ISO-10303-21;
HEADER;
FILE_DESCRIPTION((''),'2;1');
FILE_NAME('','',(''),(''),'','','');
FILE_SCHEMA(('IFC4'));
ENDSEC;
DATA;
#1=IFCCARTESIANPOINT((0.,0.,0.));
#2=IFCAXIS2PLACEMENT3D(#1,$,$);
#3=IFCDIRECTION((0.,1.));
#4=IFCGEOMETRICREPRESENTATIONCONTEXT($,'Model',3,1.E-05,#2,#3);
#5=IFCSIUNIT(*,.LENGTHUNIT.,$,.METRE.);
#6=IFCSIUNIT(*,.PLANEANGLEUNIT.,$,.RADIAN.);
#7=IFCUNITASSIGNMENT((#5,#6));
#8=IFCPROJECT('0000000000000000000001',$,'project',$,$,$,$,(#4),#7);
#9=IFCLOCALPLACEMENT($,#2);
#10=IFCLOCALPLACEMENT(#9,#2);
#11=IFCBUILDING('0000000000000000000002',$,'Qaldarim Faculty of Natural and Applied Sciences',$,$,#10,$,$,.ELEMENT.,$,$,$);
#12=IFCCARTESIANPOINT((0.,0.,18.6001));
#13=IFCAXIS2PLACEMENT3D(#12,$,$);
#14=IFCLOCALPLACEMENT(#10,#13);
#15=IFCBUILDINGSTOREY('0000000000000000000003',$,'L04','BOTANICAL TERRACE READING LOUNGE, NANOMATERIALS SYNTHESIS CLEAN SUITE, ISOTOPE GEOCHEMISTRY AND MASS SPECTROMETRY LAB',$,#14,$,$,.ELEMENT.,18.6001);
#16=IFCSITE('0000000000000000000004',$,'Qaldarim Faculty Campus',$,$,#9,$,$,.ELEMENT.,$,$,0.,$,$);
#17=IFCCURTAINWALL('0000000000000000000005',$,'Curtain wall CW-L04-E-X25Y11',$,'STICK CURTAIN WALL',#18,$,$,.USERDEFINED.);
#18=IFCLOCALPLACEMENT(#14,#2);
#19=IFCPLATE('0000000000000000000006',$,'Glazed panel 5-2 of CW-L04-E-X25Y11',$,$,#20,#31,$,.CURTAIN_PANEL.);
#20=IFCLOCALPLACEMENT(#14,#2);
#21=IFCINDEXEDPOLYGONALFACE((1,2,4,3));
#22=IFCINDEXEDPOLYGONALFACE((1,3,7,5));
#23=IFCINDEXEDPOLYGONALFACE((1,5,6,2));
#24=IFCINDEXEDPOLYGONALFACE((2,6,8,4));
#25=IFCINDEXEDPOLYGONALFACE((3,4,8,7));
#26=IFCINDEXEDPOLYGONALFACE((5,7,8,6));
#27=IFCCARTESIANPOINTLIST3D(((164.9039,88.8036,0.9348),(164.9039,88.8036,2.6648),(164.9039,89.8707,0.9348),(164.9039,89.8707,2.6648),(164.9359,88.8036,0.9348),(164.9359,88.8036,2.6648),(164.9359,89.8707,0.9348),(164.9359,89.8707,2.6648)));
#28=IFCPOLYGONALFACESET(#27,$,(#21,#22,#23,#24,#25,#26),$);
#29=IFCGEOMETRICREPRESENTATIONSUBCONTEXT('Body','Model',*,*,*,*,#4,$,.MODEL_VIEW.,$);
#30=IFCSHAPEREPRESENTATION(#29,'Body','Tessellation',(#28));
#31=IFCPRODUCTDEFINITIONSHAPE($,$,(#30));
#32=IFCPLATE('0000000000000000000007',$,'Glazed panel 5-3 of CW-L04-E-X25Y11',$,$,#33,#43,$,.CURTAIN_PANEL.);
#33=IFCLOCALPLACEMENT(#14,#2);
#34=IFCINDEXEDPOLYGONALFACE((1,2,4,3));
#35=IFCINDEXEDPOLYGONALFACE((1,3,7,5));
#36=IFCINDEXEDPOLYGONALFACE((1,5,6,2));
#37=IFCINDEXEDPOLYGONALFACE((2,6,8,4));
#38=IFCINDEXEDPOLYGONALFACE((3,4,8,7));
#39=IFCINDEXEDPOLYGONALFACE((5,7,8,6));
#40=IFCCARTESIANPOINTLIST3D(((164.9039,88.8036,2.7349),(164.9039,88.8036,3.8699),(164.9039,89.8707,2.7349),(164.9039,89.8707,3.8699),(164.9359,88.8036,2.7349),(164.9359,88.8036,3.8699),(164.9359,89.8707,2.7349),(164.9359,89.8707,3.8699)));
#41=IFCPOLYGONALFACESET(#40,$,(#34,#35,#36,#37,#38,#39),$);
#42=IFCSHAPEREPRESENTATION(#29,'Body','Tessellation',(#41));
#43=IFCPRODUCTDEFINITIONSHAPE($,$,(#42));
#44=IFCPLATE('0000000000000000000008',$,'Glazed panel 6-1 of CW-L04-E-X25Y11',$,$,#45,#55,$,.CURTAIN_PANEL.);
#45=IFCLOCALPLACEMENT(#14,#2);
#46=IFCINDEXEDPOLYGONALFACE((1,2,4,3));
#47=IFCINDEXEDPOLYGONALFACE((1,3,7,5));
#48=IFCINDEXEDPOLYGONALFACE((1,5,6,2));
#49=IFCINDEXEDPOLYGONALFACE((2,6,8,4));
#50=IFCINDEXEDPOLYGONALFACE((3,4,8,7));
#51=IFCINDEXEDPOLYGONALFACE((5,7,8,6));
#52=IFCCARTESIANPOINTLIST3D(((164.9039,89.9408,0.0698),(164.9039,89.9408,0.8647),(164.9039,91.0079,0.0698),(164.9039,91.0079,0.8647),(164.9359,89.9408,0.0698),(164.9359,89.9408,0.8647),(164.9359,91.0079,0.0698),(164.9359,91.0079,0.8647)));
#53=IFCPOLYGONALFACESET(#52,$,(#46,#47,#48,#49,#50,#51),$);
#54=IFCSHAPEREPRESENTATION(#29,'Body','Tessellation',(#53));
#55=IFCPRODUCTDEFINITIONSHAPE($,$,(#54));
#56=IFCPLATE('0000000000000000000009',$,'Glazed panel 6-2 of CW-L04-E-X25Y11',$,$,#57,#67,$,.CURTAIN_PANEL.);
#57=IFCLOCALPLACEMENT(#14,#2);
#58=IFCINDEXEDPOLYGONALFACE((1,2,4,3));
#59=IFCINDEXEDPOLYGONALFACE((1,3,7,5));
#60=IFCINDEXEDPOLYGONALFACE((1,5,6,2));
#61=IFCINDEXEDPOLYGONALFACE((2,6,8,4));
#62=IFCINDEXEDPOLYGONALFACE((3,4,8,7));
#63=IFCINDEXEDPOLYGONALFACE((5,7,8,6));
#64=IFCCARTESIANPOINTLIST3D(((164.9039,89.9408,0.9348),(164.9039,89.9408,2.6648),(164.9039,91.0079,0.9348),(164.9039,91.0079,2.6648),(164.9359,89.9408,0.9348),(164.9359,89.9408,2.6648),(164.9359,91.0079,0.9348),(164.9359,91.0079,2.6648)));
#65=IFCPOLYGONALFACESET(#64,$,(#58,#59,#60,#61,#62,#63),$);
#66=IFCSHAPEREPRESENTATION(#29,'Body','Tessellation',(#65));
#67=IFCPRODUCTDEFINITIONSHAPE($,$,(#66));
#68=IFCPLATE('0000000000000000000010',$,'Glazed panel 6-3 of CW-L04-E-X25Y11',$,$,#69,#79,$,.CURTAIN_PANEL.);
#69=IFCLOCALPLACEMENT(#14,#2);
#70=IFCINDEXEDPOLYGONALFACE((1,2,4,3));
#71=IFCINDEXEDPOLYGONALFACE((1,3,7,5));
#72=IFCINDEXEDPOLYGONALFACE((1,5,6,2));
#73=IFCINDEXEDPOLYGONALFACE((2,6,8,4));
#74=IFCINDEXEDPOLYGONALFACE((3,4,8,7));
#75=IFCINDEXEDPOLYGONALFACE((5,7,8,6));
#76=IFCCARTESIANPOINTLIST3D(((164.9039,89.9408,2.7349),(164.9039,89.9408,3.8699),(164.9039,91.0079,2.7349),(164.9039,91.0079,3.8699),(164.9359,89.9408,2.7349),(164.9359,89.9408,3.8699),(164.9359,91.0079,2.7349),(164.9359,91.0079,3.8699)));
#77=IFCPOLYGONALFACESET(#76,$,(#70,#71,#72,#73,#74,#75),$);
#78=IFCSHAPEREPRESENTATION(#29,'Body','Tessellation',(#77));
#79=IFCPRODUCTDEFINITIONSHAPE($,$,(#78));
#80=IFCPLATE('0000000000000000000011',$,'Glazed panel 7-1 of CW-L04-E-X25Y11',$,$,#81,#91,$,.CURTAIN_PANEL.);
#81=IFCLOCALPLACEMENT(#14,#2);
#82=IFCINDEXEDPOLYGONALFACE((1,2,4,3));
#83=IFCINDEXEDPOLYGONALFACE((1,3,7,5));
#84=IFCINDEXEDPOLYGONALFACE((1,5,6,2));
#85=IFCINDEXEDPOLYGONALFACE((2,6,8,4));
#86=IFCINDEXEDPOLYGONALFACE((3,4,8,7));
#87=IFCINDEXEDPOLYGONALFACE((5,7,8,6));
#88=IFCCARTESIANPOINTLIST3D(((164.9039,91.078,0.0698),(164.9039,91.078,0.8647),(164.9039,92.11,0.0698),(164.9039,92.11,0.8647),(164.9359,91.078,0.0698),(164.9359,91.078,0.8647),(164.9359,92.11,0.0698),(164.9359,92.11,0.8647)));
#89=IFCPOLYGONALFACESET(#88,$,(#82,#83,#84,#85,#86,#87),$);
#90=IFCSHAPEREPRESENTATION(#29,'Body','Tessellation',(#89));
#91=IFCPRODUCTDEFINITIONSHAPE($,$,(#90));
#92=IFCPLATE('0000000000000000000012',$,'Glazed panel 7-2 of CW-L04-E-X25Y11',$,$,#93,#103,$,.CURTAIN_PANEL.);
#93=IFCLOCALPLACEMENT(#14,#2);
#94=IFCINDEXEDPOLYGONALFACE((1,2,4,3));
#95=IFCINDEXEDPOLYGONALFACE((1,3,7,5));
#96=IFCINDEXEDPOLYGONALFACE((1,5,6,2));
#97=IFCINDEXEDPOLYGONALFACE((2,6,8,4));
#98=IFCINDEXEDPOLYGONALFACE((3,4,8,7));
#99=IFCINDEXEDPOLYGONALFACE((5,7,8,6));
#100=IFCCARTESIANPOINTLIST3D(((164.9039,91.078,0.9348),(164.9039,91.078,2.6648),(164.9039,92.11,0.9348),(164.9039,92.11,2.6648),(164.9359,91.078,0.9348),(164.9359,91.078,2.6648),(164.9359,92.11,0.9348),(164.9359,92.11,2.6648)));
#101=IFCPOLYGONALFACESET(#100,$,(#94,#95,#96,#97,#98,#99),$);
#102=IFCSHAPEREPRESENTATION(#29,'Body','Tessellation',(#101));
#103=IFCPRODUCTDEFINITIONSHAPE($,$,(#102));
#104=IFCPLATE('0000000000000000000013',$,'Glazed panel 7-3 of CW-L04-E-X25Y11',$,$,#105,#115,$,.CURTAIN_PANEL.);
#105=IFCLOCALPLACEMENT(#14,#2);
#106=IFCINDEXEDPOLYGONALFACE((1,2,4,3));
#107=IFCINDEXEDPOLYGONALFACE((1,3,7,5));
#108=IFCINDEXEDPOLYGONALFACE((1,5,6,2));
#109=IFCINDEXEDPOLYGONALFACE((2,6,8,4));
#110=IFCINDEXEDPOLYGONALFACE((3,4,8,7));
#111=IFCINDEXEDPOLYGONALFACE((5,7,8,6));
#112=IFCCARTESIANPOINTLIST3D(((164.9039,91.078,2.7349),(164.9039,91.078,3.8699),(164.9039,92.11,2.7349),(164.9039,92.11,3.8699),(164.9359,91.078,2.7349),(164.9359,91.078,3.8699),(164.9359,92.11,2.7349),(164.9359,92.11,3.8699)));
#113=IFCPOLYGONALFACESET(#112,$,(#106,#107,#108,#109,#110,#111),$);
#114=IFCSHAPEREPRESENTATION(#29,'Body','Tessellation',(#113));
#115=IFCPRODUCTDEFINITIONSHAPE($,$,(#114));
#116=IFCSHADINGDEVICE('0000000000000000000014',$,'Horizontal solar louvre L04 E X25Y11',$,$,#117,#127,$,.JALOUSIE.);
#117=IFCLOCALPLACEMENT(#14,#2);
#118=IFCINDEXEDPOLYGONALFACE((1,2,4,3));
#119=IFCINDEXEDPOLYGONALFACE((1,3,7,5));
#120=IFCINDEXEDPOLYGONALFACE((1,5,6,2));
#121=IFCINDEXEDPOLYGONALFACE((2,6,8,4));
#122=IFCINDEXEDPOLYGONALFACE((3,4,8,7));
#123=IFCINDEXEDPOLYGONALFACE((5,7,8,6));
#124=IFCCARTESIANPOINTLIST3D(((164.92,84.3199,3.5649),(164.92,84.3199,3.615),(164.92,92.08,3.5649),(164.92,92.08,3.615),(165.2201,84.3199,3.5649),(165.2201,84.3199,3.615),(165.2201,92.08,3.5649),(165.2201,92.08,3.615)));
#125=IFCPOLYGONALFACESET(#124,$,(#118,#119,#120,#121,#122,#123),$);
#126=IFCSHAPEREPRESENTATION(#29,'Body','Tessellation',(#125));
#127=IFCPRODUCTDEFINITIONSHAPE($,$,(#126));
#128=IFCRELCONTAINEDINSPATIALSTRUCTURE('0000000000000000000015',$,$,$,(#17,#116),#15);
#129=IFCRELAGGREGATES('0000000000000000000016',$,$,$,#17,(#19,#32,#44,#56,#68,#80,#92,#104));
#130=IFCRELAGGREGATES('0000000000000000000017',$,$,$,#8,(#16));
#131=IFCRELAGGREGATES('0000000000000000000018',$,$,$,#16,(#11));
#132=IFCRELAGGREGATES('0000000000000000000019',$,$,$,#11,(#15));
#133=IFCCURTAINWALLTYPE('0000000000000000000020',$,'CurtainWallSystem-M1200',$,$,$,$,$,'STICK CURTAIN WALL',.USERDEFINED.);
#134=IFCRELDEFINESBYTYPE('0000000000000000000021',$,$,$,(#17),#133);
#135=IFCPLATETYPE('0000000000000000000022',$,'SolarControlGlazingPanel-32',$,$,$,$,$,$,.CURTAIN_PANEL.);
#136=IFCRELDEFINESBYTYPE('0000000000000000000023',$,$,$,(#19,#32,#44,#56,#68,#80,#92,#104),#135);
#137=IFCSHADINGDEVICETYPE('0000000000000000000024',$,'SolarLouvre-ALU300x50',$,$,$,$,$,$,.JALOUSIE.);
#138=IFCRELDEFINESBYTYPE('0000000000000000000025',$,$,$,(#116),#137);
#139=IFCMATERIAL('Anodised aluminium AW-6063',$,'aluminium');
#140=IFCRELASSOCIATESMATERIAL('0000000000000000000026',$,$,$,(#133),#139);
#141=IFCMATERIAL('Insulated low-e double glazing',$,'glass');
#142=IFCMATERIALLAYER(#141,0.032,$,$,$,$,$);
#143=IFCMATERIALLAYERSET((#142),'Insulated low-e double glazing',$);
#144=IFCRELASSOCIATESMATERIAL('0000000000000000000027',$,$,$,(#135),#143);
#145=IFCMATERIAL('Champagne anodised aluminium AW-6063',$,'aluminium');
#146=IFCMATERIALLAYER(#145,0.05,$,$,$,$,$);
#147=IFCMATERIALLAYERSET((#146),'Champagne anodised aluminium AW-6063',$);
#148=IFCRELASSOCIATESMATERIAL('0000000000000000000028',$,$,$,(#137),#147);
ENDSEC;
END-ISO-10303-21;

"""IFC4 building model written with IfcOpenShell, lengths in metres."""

from ifc_helpers import new_model, si_unit, direction, frame, origin, origin_2d, place, context, subcontext, project, spatial, rectangle, extrude, material, layer, layer_set, type_object, element, aggregate, save


model = new_model("IFC4")

# Units and contexts
model_context = context("Model", 3, precision=1e-05, world=origin(), true_north=direction((0.0, 1.0)))
body_context = subcontext(model_context, "Body", "Model", "MODEL_VIEW")
ifc_project = project(units=[si_unit("LENGTHUNIT", "METRE"), si_unit("PLANEANGLEUNIT", "RADIAN")], contexts=[model_context])

# Site, building, storey
site_placement = place(None, origin())
site = spatial("IfcSite", under=ifc_project, at=site_placement, Name="Qaldarim Faculty Campus", CompositionType="ELEMENT", RefElevation=0.0)
building_placement = place(site_placement, origin())
building = spatial("IfcBuilding", under=site, at=building_placement, Name="Qaldarim Faculty of Natural and Applied Sciences", CompositionType="ELEMENT")
storey_placement = place(building_placement, frame((0.0, 0.0, 18.6001)))
storey = spatial("IfcBuildingStorey", under=building, at=storey_placement, Name="L04", Description="BOTANICAL TERRACE READING LOUNGE, NANOMATERIALS SYNTHESIS CLEAN SUITE, ISOTOPE GEOCHEMISTRY AND MASS SPECTROMETRY LAB", CompositionType="ELEMENT", Elevation=18.6001)

# Curtain wall, plates
ifc_material_1 = material(Name="Anodised aluminium AW-6063", Category="aluminium")
curtain_wall_type = type_object("IfcCurtainWallType", Name="CurtainWallSystem-M1200", ElementType="STICK CURTAIN WALL", PredefinedType="USERDEFINED", material=ifc_material_1)
curtain_wall_placement = place(storey_placement, origin())
curtain_wall = element("IfcCurtainWall", 1, at=curtain_wall_placement, inside=storey, type_object=curtain_wall_type, Name="Curtain wall CW-L04-E-X25Y11", ObjectType="STICK CURTAIN WALL", PredefinedType="USERDEFINED")
ifc_material_2 = material(Name="Insulated low-e double glazing", Category="glass")
ifc_layer_1 = layer(ifc_material_2, 0.032)
ifc_layer_set_1 = layer_set([ifc_layer_1], Name="Insulated low-e double glazing")
plate_type = type_object("IfcPlateType", Name="SolarControlGlazingPanel-32", PredefinedType="CURTAIN_PANEL", material=ifc_layer_set_1)
plate_1_placement = place(storey_placement, frame((164.9199, 89.3372, 0.9348), z_axis=(0.0, 0.0, 1.0), x_axis=(0.0, 1.0, 0.0)))
plate_1 = element("IfcPlate", 2, at=plate_1_placement, type_object=plate_type, Name="Glazed panel 5-2 of CW-L04-E-X25Y11", PredefinedType="CURTAIN_PANEL", context=body_context, shape_type="SweptSolid", body=[
    extrude(rectangle(XDim=1.0671, YDim=0.032, at=origin_2d()), origin(), (0.0, 0.0, 1.0), 1.73),
])
plate_2_placement = place(storey_placement, frame((164.9199, 89.3372, 2.7349), z_axis=(0.0, 0.0, 1.0), x_axis=(0.0, 1.0, 0.0)))
plate_2 = element("IfcPlate", 3, at=plate_2_placement, type_object=plate_type, Name="Glazed panel 5-3 of CW-L04-E-X25Y11", PredefinedType="CURTAIN_PANEL", context=body_context, shape_type="SweptSolid", body=[
    extrude(rectangle(XDim=1.0671, YDim=0.032, at=origin_2d()), origin(), (0.0, 0.0, 1.0), 1.135),
])
plate_3_placement = place(storey_placement, frame((164.9199, 90.4744, 0.0698), z_axis=(0.0, 0.0, 1.0), x_axis=(0.0, 1.0, 0.0)))
plate_3 = element("IfcPlate", 4, at=plate_3_placement, type_object=plate_type, Name="Glazed panel 6-1 of CW-L04-E-X25Y11", PredefinedType="CURTAIN_PANEL", context=body_context, shape_type="SweptSolid", body=[
    extrude(rectangle(XDim=1.0671, YDim=0.032, at=origin_2d()), origin(), (0.0, 0.0, 1.0), 0.7949),
])
plate_4_placement = place(storey_placement, frame((164.9199, 90.4744, 0.9348), z_axis=(0.0, 0.0, 1.0), x_axis=(0.0, 1.0, 0.0)))
plate_4 = element("IfcPlate", 5, at=plate_4_placement, type_object=plate_type, Name="Glazed panel 6-2 of CW-L04-E-X25Y11", PredefinedType="CURTAIN_PANEL", context=body_context, shape_type="SweptSolid", body=[
    extrude(rectangle(XDim=1.0671, YDim=0.032, at=origin_2d()), origin(), (0.0, 0.0, 1.0), 1.73),
])
plate_5_placement = place(storey_placement, frame((164.9199, 90.4744, 2.7349), z_axis=(0.0, 0.0, 1.0), x_axis=(0.0, 1.0, 0.0)))
plate_5 = element("IfcPlate", 6, at=plate_5_placement, type_object=plate_type, Name="Glazed panel 6-3 of CW-L04-E-X25Y11", PredefinedType="CURTAIN_PANEL", context=body_context, shape_type="SweptSolid", body=[
    extrude(rectangle(XDim=1.0671, YDim=0.032, at=origin_2d()), origin(), (0.0, 0.0, 1.0), 1.135),
])
plate_6_placement = place(storey_placement, frame((164.9199, 91.594, 0.0698), z_axis=(0.0, 0.0, 1.0), x_axis=(0.0, 1.0, 0.0)))
plate_6 = element("IfcPlate", 7, at=plate_6_placement, type_object=plate_type, Name="Glazed panel 7-1 of CW-L04-E-X25Y11", PredefinedType="CURTAIN_PANEL", context=body_context, shape_type="SweptSolid", body=[
    extrude(rectangle(XDim=1.032, YDim=0.032, at=origin_2d()), origin(), (0.0, 0.0, 1.0), 0.7949),
])
plate_7_placement = place(storey_placement, frame((164.9199, 91.594, 0.9348), z_axis=(0.0, 0.0, 1.0), x_axis=(0.0, 1.0, 0.0)))
plate_7 = element("IfcPlate", 8, at=plate_7_placement, type_object=plate_type, Name="Glazed panel 7-2 of CW-L04-E-X25Y11", PredefinedType="CURTAIN_PANEL", context=body_context, shape_type="SweptSolid", body=[
    extrude(rectangle(XDim=1.032, YDim=0.032, at=origin_2d()), origin(), (0.0, 0.0, 1.0), 1.73),
])
plate_8_placement = place(storey_placement, frame((164.9199, 91.594, 2.7349), z_axis=(0.0, 0.0, 1.0), x_axis=(0.0, 1.0, 0.0)))
plate_8 = element("IfcPlate", 9, at=plate_8_placement, type_object=plate_type, Name="Glazed panel 7-3 of CW-L04-E-X25Y11", PredefinedType="CURTAIN_PANEL", context=body_context, shape_type="SweptSolid", body=[
    extrude(rectangle(XDim=1.032, YDim=0.032, at=origin_2d()), origin(), (0.0, 0.0, 1.0), 1.135),
])
aggregate(curtain_wall, [plate_1, plate_2, plate_3, plate_4, plate_5, plate_6, plate_7, plate_8])

# Shading device
ifc_material_3 = material(Name="Champagne anodised aluminium AW-6063", Category="aluminium")
ifc_layer_2 = layer(ifc_material_3, 0.05)
ifc_layer_set_2 = layer_set([ifc_layer_2], Name="Champagne anodised aluminium AW-6063")
shading_device_type = type_object("IfcShadingDeviceType", Name="SolarLouvre-ALU300x50", PredefinedType="JALOUSIE", material=ifc_layer_set_2)
shading_device_placement = place(storey_placement, frame((165.0701, 88.2, 3.5649), z_axis=(0.0, 0.0, 1.0), x_axis=(0.0, 1.0, 0.0)))
element("IfcShadingDevice", 10, at=shading_device_placement, inside=storey, type_object=shading_device_type, Name="Horizontal solar louvre L04 E X25Y11", PredefinedType="JALOUSIE", context=body_context, shape_type="SweptSolid", body=[
    extrude(rectangle(XDim=7.76, YDim=0.3, at=origin_2d()), origin(), (0.0, 0.0, 1.0), 0.05),
])

save(model, "model.ifc")
